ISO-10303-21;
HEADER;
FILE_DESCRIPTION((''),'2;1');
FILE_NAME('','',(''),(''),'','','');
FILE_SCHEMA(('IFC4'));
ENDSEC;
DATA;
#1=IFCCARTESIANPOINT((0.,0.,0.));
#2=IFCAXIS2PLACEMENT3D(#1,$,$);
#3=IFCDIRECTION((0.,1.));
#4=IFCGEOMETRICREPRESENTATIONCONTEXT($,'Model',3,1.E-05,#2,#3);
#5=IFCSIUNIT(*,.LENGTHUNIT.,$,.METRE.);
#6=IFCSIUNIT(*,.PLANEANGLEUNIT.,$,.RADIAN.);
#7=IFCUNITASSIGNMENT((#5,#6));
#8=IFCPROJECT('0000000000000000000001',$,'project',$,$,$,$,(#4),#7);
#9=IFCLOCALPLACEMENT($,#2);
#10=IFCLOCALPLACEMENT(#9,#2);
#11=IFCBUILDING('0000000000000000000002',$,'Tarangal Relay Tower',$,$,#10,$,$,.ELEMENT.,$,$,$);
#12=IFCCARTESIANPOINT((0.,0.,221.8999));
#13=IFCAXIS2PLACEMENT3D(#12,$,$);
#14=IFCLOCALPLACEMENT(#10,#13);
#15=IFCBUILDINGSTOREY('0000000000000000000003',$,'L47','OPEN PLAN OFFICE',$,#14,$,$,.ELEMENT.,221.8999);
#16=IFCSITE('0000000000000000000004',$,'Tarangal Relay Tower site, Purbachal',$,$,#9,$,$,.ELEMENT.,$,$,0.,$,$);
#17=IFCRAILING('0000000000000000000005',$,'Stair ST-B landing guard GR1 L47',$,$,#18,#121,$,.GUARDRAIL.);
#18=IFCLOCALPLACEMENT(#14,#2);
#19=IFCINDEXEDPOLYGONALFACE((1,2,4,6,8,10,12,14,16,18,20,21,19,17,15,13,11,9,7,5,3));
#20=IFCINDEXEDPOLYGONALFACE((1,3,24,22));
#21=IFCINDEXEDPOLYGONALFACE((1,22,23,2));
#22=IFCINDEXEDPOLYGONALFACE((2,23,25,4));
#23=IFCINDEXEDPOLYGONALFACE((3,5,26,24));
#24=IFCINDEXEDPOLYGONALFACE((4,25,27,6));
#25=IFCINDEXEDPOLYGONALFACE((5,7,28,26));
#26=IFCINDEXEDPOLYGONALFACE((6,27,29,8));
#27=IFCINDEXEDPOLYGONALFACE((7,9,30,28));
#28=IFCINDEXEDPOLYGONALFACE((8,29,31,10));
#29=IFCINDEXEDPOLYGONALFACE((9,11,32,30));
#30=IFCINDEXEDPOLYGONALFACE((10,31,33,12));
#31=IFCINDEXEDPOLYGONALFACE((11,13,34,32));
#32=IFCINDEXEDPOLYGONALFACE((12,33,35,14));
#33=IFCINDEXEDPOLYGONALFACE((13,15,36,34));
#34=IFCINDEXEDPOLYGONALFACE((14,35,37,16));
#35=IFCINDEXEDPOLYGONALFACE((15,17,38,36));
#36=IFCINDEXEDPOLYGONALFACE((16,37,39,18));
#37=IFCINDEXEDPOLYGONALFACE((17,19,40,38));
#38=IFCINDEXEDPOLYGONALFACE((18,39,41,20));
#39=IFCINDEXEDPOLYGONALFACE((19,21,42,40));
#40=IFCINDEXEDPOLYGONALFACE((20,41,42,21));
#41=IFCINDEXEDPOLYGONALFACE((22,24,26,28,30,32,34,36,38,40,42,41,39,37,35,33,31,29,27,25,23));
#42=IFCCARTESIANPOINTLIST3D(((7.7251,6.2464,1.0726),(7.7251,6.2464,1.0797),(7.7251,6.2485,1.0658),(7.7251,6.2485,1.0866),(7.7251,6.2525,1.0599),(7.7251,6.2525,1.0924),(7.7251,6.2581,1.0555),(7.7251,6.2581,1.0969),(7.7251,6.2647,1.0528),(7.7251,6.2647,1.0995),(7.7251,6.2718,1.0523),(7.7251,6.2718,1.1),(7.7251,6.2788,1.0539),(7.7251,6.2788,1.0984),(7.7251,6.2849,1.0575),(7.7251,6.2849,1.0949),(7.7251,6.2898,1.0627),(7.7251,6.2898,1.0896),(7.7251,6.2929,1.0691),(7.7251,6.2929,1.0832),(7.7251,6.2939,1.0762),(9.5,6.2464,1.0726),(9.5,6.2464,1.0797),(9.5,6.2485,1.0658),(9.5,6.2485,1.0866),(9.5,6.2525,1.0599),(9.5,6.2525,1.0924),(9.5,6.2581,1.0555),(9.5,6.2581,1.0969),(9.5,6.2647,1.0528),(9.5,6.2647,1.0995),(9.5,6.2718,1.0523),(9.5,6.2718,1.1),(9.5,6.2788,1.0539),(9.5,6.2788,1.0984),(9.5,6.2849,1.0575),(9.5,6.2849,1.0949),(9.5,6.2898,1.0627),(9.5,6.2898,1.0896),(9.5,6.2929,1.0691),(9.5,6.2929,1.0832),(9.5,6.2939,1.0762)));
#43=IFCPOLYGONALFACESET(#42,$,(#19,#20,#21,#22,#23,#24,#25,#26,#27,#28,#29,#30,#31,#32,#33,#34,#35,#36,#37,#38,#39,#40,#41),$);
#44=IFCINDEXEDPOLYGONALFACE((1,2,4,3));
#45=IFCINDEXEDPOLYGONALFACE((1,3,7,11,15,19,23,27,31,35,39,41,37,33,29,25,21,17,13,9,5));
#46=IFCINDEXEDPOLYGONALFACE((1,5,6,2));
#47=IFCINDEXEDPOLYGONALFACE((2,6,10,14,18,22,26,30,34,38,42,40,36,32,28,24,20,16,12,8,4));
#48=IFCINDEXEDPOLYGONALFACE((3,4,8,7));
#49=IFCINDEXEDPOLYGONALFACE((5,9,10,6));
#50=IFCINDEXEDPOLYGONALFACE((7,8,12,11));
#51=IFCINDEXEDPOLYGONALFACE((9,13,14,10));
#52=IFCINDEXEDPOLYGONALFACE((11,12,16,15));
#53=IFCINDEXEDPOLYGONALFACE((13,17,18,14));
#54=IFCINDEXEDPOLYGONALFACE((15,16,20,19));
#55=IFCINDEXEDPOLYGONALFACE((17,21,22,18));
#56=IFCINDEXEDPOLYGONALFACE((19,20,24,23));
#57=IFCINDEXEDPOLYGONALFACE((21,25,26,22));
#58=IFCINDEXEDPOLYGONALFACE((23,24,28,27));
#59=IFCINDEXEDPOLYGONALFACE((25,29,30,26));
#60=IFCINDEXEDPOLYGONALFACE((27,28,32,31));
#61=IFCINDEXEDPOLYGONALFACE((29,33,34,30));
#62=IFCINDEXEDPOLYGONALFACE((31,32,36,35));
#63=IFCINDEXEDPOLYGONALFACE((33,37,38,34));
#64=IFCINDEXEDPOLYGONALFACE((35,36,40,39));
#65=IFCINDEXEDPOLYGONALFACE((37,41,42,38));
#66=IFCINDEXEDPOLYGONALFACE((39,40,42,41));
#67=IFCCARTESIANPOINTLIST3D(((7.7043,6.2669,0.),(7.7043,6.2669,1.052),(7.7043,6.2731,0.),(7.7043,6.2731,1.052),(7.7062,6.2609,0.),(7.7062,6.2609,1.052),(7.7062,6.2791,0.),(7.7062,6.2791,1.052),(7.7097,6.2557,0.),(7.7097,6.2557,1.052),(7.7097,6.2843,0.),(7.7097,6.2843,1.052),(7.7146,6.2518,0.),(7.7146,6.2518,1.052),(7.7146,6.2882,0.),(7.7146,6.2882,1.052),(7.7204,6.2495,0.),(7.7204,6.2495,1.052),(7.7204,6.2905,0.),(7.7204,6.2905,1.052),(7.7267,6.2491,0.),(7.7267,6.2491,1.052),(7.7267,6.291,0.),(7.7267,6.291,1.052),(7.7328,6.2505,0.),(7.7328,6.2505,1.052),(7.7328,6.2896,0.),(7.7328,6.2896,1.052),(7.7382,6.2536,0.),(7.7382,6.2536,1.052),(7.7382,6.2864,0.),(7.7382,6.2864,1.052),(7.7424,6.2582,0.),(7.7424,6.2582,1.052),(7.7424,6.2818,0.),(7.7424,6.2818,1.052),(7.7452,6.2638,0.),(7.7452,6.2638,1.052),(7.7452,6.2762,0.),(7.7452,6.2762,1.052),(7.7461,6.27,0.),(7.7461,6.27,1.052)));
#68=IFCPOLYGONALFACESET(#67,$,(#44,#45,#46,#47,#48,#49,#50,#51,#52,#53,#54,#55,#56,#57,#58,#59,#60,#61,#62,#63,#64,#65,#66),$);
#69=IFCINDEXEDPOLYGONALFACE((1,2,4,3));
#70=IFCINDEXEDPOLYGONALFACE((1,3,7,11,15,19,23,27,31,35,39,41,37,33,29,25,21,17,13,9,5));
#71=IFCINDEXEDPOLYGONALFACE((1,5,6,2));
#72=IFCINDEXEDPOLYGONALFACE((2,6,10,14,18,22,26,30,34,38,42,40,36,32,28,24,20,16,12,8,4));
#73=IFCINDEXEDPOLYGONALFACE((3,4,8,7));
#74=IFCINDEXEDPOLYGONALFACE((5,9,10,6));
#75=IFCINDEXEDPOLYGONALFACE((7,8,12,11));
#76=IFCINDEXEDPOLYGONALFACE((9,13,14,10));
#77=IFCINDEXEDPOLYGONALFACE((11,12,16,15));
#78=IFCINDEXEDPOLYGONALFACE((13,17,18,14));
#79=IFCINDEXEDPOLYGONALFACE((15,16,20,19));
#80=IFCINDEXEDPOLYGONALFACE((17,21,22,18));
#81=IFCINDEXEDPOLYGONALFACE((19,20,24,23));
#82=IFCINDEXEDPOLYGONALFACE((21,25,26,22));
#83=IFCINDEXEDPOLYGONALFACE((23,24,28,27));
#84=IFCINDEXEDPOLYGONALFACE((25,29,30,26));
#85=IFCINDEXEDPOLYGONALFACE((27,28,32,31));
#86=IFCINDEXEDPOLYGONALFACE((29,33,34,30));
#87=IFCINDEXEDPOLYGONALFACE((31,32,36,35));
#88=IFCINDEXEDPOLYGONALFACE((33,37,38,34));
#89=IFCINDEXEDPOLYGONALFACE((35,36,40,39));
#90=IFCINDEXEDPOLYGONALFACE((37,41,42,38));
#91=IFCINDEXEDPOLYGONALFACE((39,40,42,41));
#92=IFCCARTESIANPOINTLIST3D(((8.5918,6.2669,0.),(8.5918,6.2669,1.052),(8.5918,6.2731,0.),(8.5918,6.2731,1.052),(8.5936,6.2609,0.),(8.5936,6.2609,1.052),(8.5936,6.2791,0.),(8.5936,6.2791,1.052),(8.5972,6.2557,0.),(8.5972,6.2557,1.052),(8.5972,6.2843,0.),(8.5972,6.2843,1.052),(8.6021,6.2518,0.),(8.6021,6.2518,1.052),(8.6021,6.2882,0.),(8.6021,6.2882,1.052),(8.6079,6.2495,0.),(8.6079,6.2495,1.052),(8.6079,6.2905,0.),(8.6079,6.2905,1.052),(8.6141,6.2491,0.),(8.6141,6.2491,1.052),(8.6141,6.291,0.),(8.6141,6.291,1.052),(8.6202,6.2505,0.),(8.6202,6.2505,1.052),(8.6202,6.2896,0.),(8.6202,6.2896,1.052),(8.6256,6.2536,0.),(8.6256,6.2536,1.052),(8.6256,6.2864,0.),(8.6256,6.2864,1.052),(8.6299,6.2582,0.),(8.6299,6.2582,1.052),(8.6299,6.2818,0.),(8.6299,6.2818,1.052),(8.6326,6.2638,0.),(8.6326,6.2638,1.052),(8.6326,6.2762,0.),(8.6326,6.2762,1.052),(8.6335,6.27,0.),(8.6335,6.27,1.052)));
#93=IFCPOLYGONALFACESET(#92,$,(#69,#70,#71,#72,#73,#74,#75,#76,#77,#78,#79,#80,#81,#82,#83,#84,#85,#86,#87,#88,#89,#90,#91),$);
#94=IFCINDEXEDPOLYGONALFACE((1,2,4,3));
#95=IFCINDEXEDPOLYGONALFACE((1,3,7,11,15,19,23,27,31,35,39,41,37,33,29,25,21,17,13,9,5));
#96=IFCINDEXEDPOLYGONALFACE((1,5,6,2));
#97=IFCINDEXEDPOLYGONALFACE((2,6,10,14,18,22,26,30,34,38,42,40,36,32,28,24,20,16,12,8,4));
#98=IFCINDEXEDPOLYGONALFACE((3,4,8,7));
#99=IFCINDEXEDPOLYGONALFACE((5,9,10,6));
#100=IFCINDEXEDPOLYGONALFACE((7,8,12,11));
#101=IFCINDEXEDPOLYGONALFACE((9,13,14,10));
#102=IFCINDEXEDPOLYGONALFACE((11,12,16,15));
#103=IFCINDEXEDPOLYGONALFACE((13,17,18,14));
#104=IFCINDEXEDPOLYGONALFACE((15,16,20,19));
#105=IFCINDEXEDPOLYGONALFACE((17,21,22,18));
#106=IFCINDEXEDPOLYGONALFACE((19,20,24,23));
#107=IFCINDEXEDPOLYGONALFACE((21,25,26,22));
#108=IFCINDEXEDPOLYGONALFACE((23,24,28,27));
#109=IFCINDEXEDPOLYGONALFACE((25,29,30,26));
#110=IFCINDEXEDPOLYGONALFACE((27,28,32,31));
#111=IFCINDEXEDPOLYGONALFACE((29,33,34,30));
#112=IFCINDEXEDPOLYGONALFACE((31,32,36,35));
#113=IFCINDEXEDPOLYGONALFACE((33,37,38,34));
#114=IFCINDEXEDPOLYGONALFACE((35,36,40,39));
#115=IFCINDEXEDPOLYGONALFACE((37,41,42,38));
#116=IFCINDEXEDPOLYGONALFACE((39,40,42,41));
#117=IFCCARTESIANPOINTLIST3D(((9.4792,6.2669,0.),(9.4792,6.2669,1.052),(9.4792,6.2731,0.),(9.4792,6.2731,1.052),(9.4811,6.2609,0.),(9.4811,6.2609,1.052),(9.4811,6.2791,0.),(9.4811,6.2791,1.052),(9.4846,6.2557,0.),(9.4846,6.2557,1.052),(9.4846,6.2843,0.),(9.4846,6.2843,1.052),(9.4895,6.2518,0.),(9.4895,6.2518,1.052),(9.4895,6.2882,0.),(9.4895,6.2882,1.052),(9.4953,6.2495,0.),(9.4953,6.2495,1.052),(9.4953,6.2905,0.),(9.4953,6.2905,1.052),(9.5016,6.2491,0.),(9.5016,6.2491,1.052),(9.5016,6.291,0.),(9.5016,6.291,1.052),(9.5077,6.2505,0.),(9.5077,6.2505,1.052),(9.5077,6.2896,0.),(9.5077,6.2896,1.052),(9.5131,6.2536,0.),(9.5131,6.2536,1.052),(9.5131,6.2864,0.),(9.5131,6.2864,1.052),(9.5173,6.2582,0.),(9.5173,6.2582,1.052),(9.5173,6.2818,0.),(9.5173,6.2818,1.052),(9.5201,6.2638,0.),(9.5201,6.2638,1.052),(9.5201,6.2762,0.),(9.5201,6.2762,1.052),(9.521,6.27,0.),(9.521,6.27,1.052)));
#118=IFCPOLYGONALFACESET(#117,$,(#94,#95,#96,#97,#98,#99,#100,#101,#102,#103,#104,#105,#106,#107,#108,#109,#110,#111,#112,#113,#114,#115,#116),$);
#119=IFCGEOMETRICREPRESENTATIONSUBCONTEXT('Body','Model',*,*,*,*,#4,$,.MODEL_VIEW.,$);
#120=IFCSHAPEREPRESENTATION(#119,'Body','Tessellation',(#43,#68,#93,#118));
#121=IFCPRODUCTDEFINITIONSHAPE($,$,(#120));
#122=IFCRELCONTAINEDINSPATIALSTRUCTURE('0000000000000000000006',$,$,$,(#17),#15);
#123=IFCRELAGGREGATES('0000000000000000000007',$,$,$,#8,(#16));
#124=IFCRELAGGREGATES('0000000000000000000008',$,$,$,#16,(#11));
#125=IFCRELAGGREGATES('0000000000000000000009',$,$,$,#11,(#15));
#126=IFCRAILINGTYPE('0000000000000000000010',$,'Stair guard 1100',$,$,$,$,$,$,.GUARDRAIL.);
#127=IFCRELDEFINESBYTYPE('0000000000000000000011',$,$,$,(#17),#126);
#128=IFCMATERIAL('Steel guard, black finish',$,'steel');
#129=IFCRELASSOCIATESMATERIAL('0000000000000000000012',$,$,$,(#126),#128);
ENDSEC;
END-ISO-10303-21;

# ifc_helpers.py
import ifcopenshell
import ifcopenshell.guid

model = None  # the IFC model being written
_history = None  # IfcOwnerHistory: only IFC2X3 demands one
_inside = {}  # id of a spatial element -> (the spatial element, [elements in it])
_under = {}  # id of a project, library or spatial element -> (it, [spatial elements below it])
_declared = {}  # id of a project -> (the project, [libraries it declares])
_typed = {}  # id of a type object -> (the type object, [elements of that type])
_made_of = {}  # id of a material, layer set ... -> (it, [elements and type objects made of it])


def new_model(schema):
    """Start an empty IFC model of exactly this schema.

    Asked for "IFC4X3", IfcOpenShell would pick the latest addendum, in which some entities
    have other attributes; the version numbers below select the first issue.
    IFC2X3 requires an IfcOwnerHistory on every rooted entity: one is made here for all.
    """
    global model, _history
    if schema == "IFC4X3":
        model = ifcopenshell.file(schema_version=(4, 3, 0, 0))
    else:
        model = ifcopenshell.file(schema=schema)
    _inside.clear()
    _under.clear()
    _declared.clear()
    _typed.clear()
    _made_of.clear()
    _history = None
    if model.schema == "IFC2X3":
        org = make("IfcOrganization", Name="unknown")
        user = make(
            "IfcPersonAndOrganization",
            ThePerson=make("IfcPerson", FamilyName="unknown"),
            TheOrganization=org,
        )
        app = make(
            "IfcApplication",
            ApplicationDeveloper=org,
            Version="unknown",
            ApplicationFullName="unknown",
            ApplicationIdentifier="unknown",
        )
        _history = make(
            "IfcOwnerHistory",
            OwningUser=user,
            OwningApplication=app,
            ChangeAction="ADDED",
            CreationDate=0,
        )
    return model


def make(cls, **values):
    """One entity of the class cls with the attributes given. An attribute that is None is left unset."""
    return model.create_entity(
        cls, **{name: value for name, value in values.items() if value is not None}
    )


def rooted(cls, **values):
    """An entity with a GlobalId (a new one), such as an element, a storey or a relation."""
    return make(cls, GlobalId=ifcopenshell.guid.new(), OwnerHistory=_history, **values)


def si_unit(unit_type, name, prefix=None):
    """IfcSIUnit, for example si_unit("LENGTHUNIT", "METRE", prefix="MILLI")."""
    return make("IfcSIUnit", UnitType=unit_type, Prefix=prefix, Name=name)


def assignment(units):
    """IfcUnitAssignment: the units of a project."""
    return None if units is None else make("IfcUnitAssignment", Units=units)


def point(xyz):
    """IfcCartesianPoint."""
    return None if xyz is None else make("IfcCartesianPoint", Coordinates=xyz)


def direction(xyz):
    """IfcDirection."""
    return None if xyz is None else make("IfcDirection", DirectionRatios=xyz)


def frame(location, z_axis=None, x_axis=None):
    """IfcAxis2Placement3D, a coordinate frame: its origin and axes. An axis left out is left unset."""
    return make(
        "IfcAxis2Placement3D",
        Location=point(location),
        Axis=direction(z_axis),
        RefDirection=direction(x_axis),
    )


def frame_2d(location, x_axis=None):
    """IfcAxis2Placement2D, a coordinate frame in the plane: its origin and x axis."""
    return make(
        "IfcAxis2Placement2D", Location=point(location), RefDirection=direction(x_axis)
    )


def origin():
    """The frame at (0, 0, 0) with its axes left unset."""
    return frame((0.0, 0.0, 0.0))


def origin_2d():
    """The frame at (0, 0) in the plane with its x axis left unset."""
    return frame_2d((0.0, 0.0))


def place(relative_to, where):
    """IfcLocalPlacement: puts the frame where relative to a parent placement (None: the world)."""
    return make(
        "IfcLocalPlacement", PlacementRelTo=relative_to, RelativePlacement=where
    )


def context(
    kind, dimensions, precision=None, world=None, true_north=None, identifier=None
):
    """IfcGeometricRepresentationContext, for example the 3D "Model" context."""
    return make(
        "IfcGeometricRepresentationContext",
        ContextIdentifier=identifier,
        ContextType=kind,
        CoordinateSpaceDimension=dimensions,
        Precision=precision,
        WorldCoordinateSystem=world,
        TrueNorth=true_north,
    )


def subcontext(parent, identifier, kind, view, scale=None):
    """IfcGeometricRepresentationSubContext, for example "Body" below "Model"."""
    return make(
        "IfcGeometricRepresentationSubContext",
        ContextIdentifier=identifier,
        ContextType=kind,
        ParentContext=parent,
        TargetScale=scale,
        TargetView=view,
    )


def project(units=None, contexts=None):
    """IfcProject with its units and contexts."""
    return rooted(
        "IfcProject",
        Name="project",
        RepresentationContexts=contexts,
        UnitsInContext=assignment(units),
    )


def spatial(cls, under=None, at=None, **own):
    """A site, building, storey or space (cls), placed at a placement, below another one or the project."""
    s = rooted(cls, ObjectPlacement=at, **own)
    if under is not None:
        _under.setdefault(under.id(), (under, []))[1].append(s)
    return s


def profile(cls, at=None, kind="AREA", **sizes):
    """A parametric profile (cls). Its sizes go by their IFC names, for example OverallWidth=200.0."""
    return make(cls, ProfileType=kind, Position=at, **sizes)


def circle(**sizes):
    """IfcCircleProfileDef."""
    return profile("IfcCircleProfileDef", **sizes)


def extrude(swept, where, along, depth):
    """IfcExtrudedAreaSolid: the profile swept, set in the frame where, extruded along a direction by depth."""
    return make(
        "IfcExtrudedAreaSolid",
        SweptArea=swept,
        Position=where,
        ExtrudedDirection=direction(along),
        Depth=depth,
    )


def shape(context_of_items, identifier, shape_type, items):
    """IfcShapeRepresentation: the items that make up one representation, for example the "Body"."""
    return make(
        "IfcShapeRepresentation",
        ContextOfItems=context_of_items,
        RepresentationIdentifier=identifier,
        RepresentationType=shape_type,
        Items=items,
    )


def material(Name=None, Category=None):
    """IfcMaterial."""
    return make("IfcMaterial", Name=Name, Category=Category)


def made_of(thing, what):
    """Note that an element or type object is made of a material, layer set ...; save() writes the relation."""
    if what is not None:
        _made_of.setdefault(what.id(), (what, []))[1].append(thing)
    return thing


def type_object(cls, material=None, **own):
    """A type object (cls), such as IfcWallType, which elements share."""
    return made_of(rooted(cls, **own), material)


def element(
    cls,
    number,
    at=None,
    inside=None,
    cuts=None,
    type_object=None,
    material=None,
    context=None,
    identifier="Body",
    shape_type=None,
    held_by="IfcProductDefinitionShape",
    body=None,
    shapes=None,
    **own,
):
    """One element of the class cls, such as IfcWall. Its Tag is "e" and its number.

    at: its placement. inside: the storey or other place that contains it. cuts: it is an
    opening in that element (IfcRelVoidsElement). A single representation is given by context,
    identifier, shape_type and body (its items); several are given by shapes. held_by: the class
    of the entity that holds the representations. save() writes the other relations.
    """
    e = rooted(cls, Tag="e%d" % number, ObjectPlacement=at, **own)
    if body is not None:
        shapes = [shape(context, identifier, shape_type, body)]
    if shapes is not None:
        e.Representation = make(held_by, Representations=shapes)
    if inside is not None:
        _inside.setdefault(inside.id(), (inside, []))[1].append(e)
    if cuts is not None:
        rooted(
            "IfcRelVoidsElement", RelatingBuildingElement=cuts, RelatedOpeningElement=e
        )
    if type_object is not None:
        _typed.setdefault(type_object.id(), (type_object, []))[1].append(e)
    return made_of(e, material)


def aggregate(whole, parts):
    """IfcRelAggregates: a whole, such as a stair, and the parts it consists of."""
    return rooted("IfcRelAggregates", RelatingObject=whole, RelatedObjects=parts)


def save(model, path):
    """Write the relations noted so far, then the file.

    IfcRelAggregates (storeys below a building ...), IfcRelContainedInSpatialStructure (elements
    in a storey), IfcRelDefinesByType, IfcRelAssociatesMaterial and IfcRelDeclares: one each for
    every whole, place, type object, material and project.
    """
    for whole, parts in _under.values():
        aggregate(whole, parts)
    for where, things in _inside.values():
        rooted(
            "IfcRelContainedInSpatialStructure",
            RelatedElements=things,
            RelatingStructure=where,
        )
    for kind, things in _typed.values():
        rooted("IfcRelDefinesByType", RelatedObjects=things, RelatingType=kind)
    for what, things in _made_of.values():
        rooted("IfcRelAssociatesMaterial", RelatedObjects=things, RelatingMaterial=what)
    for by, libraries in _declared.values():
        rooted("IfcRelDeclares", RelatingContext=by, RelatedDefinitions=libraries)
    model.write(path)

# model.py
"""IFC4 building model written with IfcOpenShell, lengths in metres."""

from ifc_helpers import new_model, si_unit, direction, frame, origin, origin_2d, place, context, subcontext, project, spatial, circle, extrude, material, type_object, element, save


model = new_model("IFC4")

# Units and contexts
model_context = context("Model", 3, precision=1e-05, world=origin(), true_north=direction((0.0, 1.0)))
body_context = subcontext(model_context, "Body", "Model", "MODEL_VIEW")
ifc_project = project(units=[si_unit("LENGTHUNIT", "METRE"), si_unit("PLANEANGLEUNIT", "RADIAN")], contexts=[model_context])

# Site, building, storey
site_placement = place(None, origin())
site = spatial("IfcSite", under=ifc_project, at=site_placement, Name="Tarangal Relay Tower site, Purbachal", CompositionType="ELEMENT", RefElevation=0.0)
building_placement = place(site_placement, origin())
building = spatial("IfcBuilding", under=site, at=building_placement, Name="Tarangal Relay Tower", CompositionType="ELEMENT")
storey_placement = place(building_placement, frame((0.0, 0.0, 221.8999)))
storey = spatial("IfcBuildingStorey", under=building, at=storey_placement, Name="L47", Description="OPEN PLAN OFFICE", CompositionType="ELEMENT", Elevation=221.8999)

# Railing
ifc_material_1 = material(Name="Steel guard, black finish", Category="steel")
railing_type_1 = type_object("IfcRailingType", Name="Stair guard 1100", PredefinedType="GUARDRAIL", material=ifc_material_1)
railing_1_placement = place(storey_placement, frame((7.7251, 6.27, 0.0)))
element("IfcRailing", 1, at=railing_1_placement, inside=storey, type_object=railing_type_1, Name="Stair ST-B landing guard GR1 L47", PredefinedType="GUARDRAIL", context=body_context, shape_type="SweptSolid", body=[
    extrude(circle(Radius=0.0239, at=origin_2d()), frame((0.0, 0.0, 1.0762), z_axis=(1.0, 0.0, 0.0), x_axis=(0.0, 1.0, 0.0)), (0.0, 0.0, 1.0), 1.7749),
    extrude(circle(Radius=0.021, at=origin_2d()), origin(), (0.0, 0.0, 1.0), 1.052),
    extrude(circle(Radius=0.021, at=origin_2d()), frame((0.8875, 0.0, 0.0)), (0.0, 0.0, 1.0), 1.052),
    extrude(circle(Radius=0.021, at=origin_2d()), frame((1.7749, 0.0, 0.0)), (0.0, 0.0, 1.0), 1.052),
])

save(model, "model.ifc")
